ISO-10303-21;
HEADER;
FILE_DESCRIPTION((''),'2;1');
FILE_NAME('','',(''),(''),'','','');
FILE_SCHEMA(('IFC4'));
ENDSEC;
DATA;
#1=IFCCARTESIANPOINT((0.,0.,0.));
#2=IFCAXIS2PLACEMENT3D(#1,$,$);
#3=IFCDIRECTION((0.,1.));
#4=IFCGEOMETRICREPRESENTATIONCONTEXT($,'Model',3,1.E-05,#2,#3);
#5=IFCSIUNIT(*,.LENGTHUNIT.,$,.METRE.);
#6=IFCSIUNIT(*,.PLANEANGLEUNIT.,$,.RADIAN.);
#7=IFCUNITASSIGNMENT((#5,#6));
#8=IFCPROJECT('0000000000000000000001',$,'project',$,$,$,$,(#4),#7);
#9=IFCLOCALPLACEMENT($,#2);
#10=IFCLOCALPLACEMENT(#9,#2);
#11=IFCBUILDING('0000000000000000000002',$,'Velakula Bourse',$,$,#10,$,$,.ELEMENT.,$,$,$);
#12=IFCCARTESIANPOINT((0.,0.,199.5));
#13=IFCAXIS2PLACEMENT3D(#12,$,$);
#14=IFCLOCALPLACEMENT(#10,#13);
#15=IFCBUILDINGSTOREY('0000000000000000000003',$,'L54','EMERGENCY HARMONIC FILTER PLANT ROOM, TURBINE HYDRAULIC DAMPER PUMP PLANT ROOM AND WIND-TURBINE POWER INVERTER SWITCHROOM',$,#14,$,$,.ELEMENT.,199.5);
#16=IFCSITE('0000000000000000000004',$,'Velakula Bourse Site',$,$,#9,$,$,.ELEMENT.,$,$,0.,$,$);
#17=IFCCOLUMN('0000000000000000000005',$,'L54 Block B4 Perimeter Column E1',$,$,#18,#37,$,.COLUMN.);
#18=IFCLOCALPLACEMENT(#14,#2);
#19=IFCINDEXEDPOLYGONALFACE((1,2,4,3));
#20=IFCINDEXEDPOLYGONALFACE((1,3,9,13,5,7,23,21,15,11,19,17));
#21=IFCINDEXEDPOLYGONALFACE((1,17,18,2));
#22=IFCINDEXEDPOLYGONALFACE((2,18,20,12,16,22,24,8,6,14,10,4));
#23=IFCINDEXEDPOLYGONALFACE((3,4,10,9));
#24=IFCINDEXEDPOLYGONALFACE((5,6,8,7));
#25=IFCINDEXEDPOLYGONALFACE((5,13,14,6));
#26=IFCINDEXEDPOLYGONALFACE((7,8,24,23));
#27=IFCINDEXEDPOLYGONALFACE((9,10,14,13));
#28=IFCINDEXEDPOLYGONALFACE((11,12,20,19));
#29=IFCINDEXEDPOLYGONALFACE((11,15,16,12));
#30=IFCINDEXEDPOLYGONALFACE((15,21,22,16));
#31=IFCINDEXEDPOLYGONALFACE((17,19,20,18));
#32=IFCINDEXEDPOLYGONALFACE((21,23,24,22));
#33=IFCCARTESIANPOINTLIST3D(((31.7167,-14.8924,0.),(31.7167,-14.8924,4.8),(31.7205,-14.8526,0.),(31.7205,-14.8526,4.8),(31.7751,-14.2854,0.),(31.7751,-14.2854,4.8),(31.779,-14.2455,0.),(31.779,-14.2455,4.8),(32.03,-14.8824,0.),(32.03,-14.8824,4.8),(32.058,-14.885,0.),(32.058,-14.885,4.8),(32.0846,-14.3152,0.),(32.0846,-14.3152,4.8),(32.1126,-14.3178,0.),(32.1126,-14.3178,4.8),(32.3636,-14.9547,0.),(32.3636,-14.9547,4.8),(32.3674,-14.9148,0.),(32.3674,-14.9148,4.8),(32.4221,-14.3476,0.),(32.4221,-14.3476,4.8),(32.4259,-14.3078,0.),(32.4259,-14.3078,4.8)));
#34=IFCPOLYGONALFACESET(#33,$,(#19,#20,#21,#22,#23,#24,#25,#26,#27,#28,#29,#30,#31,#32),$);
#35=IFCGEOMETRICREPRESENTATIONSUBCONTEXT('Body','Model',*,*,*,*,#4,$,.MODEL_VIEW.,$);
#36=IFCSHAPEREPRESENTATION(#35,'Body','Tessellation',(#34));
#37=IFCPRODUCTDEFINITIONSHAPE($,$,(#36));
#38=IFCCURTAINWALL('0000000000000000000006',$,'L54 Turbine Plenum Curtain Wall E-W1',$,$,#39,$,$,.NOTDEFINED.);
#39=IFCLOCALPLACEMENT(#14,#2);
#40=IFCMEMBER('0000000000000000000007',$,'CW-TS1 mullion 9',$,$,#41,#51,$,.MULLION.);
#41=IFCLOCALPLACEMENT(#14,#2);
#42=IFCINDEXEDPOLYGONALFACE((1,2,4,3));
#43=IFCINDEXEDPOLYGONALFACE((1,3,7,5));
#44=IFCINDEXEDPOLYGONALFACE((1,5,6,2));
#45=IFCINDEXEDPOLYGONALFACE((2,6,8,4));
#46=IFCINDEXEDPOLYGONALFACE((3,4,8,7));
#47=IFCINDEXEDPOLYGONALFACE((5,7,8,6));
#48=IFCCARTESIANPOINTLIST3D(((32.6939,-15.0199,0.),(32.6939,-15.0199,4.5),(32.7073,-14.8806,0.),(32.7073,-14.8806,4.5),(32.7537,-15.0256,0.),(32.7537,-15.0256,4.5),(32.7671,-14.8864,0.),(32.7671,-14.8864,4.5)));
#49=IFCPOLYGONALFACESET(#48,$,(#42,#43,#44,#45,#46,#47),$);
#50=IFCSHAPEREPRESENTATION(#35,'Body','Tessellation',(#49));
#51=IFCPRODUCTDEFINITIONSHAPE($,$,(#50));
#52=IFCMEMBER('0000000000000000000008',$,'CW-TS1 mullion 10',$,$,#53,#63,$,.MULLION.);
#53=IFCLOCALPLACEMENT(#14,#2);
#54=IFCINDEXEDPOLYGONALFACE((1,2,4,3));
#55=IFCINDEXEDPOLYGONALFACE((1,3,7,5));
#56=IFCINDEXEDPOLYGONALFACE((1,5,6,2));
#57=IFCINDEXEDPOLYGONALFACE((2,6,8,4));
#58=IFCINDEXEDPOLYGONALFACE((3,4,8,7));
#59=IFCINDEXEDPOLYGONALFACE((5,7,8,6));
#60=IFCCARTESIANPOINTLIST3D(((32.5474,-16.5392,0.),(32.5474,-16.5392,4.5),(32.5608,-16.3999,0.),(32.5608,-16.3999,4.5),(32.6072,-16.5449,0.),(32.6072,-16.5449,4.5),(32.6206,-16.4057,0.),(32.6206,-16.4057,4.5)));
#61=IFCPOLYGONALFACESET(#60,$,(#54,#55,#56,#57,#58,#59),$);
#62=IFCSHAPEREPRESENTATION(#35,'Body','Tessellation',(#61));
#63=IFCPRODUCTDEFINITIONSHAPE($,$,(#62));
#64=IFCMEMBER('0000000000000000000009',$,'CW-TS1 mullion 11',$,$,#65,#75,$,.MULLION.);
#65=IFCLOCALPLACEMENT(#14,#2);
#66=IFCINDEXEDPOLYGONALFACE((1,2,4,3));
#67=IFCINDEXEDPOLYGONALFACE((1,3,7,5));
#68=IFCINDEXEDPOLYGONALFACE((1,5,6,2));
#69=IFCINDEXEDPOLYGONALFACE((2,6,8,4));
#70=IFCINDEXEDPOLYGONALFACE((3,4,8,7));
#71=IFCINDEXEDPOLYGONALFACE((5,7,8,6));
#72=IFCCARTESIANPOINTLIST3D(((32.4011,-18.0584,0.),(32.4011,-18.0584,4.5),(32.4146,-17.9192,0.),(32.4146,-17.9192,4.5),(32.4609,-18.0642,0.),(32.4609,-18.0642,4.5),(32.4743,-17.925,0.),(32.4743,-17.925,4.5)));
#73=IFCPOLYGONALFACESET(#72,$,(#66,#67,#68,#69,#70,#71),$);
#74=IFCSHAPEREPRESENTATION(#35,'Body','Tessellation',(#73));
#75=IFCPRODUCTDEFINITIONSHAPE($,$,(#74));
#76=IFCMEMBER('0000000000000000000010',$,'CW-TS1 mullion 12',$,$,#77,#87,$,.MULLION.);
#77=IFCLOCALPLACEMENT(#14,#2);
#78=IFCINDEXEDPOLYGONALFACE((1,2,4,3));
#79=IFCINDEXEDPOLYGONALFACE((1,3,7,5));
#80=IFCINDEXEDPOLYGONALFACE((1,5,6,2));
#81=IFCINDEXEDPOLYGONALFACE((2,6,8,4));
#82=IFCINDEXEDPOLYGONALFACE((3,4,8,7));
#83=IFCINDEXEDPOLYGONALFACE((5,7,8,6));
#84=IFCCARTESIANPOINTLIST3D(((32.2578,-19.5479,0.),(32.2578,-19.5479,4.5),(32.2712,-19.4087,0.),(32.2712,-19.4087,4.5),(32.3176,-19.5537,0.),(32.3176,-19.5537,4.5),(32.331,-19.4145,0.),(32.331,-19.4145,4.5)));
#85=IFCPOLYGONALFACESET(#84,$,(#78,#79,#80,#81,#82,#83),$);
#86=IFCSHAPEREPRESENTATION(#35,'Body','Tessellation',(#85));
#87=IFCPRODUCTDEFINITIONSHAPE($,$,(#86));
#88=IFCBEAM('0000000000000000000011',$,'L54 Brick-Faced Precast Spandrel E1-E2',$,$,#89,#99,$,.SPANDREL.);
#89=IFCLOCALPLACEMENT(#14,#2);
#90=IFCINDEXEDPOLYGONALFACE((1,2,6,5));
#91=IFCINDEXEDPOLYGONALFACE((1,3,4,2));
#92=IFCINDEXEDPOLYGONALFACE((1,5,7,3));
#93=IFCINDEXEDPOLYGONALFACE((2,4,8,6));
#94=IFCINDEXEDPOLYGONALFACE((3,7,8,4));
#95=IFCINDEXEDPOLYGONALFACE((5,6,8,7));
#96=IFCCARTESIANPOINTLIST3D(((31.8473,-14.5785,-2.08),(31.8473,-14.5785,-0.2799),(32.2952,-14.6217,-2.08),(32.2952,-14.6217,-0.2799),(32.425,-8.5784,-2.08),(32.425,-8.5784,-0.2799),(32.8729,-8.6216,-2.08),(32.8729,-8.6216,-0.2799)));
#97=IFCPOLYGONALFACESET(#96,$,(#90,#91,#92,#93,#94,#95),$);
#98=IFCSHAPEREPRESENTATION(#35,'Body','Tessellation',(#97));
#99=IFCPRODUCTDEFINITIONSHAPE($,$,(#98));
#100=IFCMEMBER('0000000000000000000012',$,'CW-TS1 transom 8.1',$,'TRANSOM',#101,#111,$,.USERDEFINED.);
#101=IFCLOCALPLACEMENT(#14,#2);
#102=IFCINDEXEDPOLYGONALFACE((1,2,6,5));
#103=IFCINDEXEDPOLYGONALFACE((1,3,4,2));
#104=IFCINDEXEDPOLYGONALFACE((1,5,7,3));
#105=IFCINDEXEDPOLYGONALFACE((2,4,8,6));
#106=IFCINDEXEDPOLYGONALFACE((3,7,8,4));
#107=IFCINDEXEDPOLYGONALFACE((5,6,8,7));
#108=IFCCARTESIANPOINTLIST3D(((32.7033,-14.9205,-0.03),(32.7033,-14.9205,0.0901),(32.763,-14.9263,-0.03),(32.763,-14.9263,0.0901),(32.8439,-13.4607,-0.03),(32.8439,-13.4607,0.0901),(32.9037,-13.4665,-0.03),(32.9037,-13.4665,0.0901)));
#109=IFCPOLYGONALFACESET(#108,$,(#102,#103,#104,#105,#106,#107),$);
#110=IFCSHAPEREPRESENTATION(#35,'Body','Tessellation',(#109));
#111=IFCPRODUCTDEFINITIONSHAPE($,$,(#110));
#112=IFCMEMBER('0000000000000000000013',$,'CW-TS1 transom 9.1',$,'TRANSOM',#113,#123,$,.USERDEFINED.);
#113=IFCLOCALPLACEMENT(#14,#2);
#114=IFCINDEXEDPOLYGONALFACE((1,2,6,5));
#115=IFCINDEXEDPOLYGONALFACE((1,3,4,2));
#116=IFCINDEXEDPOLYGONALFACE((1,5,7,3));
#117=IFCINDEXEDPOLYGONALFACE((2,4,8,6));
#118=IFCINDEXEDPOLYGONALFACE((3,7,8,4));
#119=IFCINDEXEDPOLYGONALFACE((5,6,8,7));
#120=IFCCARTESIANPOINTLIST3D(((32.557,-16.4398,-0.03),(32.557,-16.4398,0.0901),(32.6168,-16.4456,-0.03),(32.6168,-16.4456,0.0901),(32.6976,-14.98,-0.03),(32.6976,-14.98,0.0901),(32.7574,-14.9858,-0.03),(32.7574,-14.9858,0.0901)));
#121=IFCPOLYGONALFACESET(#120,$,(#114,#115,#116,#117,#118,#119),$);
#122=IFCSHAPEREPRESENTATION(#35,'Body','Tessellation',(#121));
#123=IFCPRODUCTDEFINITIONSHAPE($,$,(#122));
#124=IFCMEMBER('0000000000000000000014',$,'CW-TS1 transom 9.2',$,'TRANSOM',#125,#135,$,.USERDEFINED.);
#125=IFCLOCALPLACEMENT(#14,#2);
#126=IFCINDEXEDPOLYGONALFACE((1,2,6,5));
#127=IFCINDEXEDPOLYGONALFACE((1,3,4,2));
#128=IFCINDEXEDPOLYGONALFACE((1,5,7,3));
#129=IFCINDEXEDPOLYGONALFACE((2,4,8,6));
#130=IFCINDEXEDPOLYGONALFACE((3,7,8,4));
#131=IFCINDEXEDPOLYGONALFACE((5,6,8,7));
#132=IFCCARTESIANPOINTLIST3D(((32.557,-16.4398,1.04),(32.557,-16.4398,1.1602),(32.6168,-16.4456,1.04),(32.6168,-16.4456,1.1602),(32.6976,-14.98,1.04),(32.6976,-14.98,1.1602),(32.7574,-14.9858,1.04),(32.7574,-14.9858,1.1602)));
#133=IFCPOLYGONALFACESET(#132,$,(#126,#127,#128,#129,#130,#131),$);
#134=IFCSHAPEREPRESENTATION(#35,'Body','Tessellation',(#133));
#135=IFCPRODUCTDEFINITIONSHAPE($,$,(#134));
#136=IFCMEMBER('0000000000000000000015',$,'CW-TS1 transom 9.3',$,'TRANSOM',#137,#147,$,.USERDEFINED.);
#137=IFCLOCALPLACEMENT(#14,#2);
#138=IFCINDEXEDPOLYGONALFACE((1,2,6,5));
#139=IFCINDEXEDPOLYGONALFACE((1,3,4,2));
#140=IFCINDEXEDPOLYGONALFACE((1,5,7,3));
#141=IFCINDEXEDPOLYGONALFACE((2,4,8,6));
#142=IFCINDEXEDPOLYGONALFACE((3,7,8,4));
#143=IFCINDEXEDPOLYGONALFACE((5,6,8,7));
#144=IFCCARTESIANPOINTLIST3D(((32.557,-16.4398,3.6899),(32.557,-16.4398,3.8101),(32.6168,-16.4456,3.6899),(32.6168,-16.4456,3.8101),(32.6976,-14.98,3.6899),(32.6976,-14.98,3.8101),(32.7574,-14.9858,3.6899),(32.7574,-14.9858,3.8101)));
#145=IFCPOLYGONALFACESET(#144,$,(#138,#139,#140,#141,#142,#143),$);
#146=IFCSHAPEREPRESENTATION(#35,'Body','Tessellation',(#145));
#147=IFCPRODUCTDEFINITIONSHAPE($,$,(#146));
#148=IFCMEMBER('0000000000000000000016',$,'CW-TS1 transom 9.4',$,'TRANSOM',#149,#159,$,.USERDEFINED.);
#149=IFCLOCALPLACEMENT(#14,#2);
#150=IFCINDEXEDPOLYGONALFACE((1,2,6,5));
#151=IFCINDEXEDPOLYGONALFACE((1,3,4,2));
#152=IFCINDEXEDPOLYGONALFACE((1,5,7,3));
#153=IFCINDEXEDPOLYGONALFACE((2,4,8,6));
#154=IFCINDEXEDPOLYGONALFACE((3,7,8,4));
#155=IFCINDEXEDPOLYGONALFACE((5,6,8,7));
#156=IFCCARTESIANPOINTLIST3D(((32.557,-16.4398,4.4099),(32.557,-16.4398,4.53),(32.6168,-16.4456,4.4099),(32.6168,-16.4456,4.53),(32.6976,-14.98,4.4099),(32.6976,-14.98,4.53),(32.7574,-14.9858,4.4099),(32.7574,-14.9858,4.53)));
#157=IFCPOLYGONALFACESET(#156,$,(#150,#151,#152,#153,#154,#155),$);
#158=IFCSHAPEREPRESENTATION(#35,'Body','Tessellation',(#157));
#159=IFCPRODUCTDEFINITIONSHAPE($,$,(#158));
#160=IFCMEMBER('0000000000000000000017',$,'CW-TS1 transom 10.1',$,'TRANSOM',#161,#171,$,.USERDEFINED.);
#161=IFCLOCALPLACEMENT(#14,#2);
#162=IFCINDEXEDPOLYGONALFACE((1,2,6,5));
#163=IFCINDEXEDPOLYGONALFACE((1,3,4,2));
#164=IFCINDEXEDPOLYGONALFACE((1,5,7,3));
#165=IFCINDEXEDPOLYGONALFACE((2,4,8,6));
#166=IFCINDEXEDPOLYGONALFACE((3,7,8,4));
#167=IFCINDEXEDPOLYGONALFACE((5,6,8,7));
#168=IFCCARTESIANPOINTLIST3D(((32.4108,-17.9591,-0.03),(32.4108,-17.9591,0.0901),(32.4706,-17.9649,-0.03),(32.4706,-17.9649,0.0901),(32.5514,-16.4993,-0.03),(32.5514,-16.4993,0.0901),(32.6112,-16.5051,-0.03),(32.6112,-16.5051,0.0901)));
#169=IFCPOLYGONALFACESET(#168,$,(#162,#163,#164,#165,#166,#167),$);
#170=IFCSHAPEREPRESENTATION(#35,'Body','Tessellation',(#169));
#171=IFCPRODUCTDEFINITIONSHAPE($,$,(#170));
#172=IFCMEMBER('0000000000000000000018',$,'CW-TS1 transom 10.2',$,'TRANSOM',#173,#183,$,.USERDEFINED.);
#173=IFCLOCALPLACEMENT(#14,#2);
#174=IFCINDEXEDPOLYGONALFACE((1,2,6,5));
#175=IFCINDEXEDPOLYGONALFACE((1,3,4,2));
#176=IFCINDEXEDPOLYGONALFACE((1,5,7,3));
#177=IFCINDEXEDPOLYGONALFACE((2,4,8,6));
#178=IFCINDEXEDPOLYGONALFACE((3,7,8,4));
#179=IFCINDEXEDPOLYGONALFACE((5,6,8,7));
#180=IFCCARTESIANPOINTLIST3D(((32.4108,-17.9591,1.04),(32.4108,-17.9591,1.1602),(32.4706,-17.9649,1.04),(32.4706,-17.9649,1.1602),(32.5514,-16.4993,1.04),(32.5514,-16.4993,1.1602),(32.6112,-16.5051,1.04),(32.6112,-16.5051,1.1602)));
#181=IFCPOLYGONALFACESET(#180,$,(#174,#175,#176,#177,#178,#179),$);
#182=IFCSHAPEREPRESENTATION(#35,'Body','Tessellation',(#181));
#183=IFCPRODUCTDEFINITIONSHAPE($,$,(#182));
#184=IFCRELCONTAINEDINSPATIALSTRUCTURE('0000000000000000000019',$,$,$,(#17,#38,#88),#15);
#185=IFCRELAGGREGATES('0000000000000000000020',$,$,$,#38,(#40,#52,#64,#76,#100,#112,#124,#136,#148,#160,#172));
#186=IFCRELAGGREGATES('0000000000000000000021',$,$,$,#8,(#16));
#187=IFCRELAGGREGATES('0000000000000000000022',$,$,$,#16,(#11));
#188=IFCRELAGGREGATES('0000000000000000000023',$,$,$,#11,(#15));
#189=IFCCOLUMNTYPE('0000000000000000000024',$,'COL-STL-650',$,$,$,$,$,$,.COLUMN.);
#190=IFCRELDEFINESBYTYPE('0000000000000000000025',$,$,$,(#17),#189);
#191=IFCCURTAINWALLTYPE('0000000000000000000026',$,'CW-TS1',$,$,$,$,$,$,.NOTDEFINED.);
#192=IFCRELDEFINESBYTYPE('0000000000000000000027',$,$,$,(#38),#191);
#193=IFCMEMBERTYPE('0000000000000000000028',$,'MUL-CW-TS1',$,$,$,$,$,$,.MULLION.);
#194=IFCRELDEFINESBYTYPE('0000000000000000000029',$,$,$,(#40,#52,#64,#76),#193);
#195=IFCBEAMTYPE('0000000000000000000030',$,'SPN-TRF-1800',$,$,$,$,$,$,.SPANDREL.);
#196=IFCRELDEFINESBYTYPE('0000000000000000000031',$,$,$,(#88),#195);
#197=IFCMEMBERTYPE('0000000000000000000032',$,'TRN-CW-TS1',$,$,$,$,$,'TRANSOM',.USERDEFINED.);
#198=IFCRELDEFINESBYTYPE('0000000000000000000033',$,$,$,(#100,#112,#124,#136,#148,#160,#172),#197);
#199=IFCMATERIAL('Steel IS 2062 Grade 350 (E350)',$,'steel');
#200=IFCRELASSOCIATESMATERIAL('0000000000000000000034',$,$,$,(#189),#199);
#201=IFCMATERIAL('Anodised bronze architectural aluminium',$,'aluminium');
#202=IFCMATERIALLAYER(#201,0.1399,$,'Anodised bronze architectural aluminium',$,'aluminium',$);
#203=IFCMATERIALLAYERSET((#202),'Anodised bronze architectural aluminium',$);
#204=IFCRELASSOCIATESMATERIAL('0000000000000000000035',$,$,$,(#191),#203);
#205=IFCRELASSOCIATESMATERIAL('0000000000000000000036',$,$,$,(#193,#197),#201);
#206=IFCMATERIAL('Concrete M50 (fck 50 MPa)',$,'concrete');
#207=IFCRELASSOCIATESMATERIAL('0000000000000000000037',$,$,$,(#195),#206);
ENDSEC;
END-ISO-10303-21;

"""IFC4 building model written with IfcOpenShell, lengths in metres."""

from ifc_helpers import new_model, si_unit, direction, frame, origin, origin_2d, place, context, subcontext, project, spatial, rectangle, i_section, extrude, material, layer, layer_set, material_profile, profile_set, type_object, element, aggregate, save


model = new_model("IFC4")

# Units and contexts
model_context = context("Model", 3, precision=1e-05, world=origin(), true_north=direction((0.0, 1.0)))
body_context = subcontext(model_context, "Body", "Model", "MODEL_VIEW")
ifc_project = project(units=[si_unit("LENGTHUNIT", "METRE"), si_unit("PLANEANGLEUNIT", "RADIAN")], contexts=[model_context])

# Site, building, storey
site_placement = place(None, origin())
site = spatial("IfcSite", under=ifc_project, at=site_placement, Name="Velakula Bourse Site", CompositionType="ELEMENT", RefElevation=0.0)
building_placement = place(site_placement, origin())
building = spatial("IfcBuilding", under=site, at=building_placement, Name="Velakula Bourse", CompositionType="ELEMENT")
storey_placement = place(building_placement, frame((0.0, 0.0, 199.5)))
storey = spatial("IfcBuildingStorey", under=building, at=storey_placement, Name="L54", Description="EMERGENCY HARMONIC FILTER PLANT ROOM, TURBINE HYDRAULIC DAMPER PUMP PLANT ROOM AND WIND-TURBINE POWER INVERTER SWITCHROOM", CompositionType="ELEMENT", Elevation=199.5)

# Column
ifc_material_1 = material(Name="Steel IS 2062 Grade 350 (E350)", Category="steel")
ifc_material_profile_1 = material_profile(ifc_material_1, i_section(OverallWidth=0.6499, OverallDepth=0.6499, WebThickness=0.0281, FlangeThickness=0.04, at=origin_2d()), Name="Steel IS 2062 Grade 350 (E350)")
ifc_profile_set_1 = profile_set([ifc_material_profile_1], Name="Steel IS 2062 Grade 350 (E350)")
column_type = type_object("IfcColumnType", Name="COL-STL-650", PredefinedType="COLUMN", material=ifc_profile_set_1)
column_placement = place(storey_placement, frame((32.0713, -14.6001, 0.0), z_axis=(0.0, 0.0, 1.0), x_axis=(0.995396, -0.095846, 0.0)))
element("IfcColumn", 1, at=column_placement, inside=storey, type_object=column_type, Name="L54 Block B4 Perimeter Column E1", PredefinedType="COLUMN", context=body_context, shape_type="SweptSolid", body=[
    extrude(i_section(OverallWidth=0.6499, OverallDepth=0.6499, WebThickness=0.0281, FlangeThickness=0.04, at=origin_2d()), origin(), (0.0, 0.0, 1.0), 4.8),
])

# Curtain wall, members
ifc_material_2 = material(Name="Anodised bronze architectural aluminium", Category="aluminium")
ifc_layer_1 = layer(ifc_material_2, 0.1399, Name="Anodised bronze architectural aluminium", Category="aluminium")
ifc_layer_set_1 = layer_set([ifc_layer_1], Name="Anodised bronze architectural aluminium")
curtain_wall_type = type_object("IfcCurtainWallType", Name="CW-TS1", PredefinedType="NOTDEFINED", material=ifc_layer_set_1)
curtain_wall_placement = place(storey_placement, origin())
curtain_wall = element("IfcCurtainWall", 2, at=curtain_wall_placement, inside=storey, type_object=curtain_wall_type, Name="L54 Turbine Plenum Curtain Wall E-W1", PredefinedType="NOTDEFINED")
ifc_material_profile_2 = material_profile(ifc_material_2, rectangle(XDim=0.0601, YDim=0.1399, at=origin_2d()), Name="Anodised bronze architectural aluminium")
ifc_profile_set_2 = profile_set([ifc_material_profile_2], Name="Anodised bronze architectural aluminium")
member_type_1 = type_object("IfcMemberType", Name="MUL-CW-TS1", PredefinedType="MULLION", material=ifc_profile_set_2)
member_1_placement = place(storey_placement, frame((32.7305, -14.9531, 0.0), z_axis=(0.0, 0.0, 1.0), x_axis=(0.995396, -0.095849, 0.0)))
member_1 = element("IfcMember", 3, at=member_1_placement, type_object=member_type_1, Name="CW-TS1 mullion 9", PredefinedType="MULLION", context=body_context, shape_type="SweptSolid", body=[
    extrude(rectangle(XDim=0.0601, YDim=0.1399, at=origin_2d()), origin(), (0.0, 0.0, 1.0), 4.5),
])
member_2_placement = place(storey_placement, frame((32.584, -16.4724, 0.0), z_axis=(0.0, 0.0, 1.0), x_axis=(0.995396, -0.095849, 0.0)))
member_2 = element("IfcMember", 4, at=member_2_placement, type_object=member_type_1, Name="CW-TS1 mullion 10", PredefinedType="MULLION", context=body_context, shape_type="SweptSolid", body=[
    extrude(rectangle(XDim=0.0601, YDim=0.1399, at=origin_2d()), origin(), (0.0, 0.0, 1.0), 4.5),
])
member_3_placement = place(storey_placement, frame((32.4377, -17.9917, 0.0), z_axis=(0.0, 0.0, 1.0), x_axis=(0.995396, -0.095849, 0.0)))
member_3 = element("IfcMember", 5, at=member_3_placement, type_object=member_type_1, Name="CW-TS1 mullion 11", PredefinedType="MULLION", context=body_context, shape_type="SweptSolid", body=[
    extrude(rectangle(XDim=0.0601, YDim=0.1399, at=origin_2d()), origin(), (0.0, 0.0, 1.0), 4.5),
])
member_4_placement = place(storey_placement, frame((32.2944, -19.4812, 0.0), z_axis=(0.0, 0.0, 1.0), x_axis=(0.995396, -0.095849, 0.0)))
member_4 = element("IfcMember", 6, at=member_4_placement, type_object=member_type_1, Name="CW-TS1 mullion 12", PredefinedType="MULLION", context=body_context, shape_type="SweptSolid", body=[
    extrude(rectangle(XDim=0.0601, YDim=0.1399, at=origin_2d()), origin(), (0.0, 0.0, 1.0), 4.5),
])

# Beam
ifc_material_3 = material(Name="Concrete M50 (fck 50 MPa)", Category="concrete")
ifc_material_profile_3 = material_profile(ifc_material_3, rectangle(XDim=0.45, YDim=1.8, at=origin_2d()), Name="Concrete M50 (fck 50 MPa)")
ifc_profile_set_3 = profile_set([ifc_material_profile_3], Name="Concrete M50 (fck 50 MPa)")
beam_type = type_object("IfcBeamType", Name="SPN-TRF-1800", PredefinedType="SPANDREL", material=ifc_profile_set_3)
beam_placement = place(storey_placement, frame((32.0713, -14.6001, -1.1799), z_axis=(0.09583, 0.995398, 0.0), x_axis=(-0.995398, 0.09583, 0.0)))
element("IfcBeam", 7, at=beam_placement, inside=storey, type_object=beam_type, Name="L54 Brick-Faced Precast Spandrel E1-E2", PredefinedType="SPANDREL", context=body_context, shape_type="SweptSolid", body=[
    extrude(rectangle(XDim=0.45, YDim=1.8, at=origin_2d()), origin(), (0.0, 0.0, 1.0), 6.0278),
])

# Members
ifc_material_profile_4 = material_profile(ifc_material_2, rectangle(XDim=0.0601, YDim=0.1201, at=origin_2d()), Name="Anodised bronze architectural aluminium")
ifc_profile_set_4 = profile_set([ifc_material_profile_4], Name="Anodised bronze architectural aluminium")
member_type_2 = type_object("IfcMemberType", Name="TRN-CW-TS1", ElementType="TRANSOM", PredefinedType="USERDEFINED", material=ifc_profile_set_4)
member_5_placement = place(storey_placement, frame((32.8738, -13.4636, 0.03), z_axis=(-0.095893, -0.995392, 0.0), x_axis=(0.995392, -0.095893, 0.0)))
member_5 = element("IfcMember", 8, at=member_5_placement, type_object=member_type_2, Name="CW-TS1 transom 8.1", ObjectType="TRANSOM", PredefinedType="USERDEFINED", context=body_context, shape_type="SweptSolid", body=[
    extrude(rectangle(XDim=0.0601, YDim=0.1201, at=origin_2d()), origin(), (0.0, 0.0, 1.0), 1.4666),
])
member_6_placement = place(storey_placement, frame((32.7275, -14.9829, 0.03), z_axis=(-0.095893, -0.995392, 0.0), x_axis=(0.995392, -0.095893, 0.0)))
member_6 = element("IfcMember", 9, at=member_6_placement, type_object=member_type_2, Name="CW-TS1 transom 9.1", ObjectType="TRANSOM", PredefinedType="USERDEFINED", context=body_context, shape_type="SweptSolid", body=[
    extrude(rectangle(XDim=0.0601, YDim=0.1201, at=origin_2d()), origin(), (0.0, 0.0, 1.0), 1.4666),
])
member_7_placement = place(storey_placement, frame((32.7275, -14.9829, 1.1001), z_axis=(-0.095893, -0.995392, 0.0), x_axis=(0.995392, -0.095893, 0.0)))
member_7 = element("IfcMember", 10, at=member_7_placement, type_object=member_type_2, Name="CW-TS1 transom 9.2", ObjectType="TRANSOM", PredefinedType="USERDEFINED", context=body_context, shape_type="SweptSolid", body=[
    extrude(rectangle(XDim=0.0601, YDim=0.1201, at=origin_2d()), origin(), (0.0, 0.0, 1.0), 1.4666),
])
member_8_placement = place(storey_placement, frame((32.7275, -14.9829, 3.75), z_axis=(-0.095893, -0.995392, 0.0), x_axis=(0.995392, -0.095893, 0.0)))
member_8 = element("IfcMember", 11, at=member_8_placement, type_object=member_type_2, Name="CW-TS1 transom 9.3", ObjectType="TRANSOM", PredefinedType="USERDEFINED", context=body_context, shape_type="SweptSolid", body=[
    extrude(rectangle(XDim=0.0601, YDim=0.1201, at=origin_2d()), origin(), (0.0, 0.0, 1.0), 1.4666),
])
member_9_placement = place(storey_placement, frame((32.7275, -14.9829, 4.47), z_axis=(-0.095893, -0.995392, 0.0), x_axis=(0.995392, -0.095893, 0.0)))
member_9 = element("IfcMember", 12, at=member_9_placement, type_object=member_type_2, Name="CW-TS1 transom 9.4", ObjectType="TRANSOM", PredefinedType="USERDEFINED", context=body_context, shape_type="SweptSolid", body=[
    extrude(rectangle(XDim=0.0601, YDim=0.1201, at=origin_2d()), origin(), (0.0, 0.0, 1.0), 1.4666),
])
member_10_placement = place(storey_placement, frame((32.5813, -16.5022, 0.03), z_axis=(-0.095893, -0.995392, 0.0), x_axis=(0.995392, -0.095893, 0.0)))
member_10 = element("IfcMember", 13, at=member_10_placement, type_object=member_type_2, Name="CW-TS1 transom 10.1", ObjectType="TRANSOM", PredefinedType="USERDEFINED", context=body_context, shape_type="SweptSolid", body=[
    extrude(rectangle(XDim=0.0601, YDim=0.1201, at=origin_2d()), origin(), (0.0, 0.0, 1.0), 1.4666),
])
member_11_placement = place(storey_placement, frame((32.5813, -16.5022, 1.1001), z_axis=(-0.095893, -0.995392, 0.0), x_axis=(0.995392, -0.095893, 0.0)))
member_11 = element("IfcMember", 14, at=member_11_placement, type_object=member_type_2, Name="CW-TS1 transom 10.2", ObjectType="TRANSOM", PredefinedType="USERDEFINED", context=body_context, shape_type="SweptSolid", body=[
    extrude(rectangle(XDim=0.0601, YDim=0.1201, at=origin_2d()), origin(), (0.0, 0.0, 1.0), 1.4666),
])

aggregate(curtain_wall, [member_1, member_2, member_3, member_4, member_5, member_6, member_7, member_8, member_9, member_10, member_11])

save(model, "model.ifc")
